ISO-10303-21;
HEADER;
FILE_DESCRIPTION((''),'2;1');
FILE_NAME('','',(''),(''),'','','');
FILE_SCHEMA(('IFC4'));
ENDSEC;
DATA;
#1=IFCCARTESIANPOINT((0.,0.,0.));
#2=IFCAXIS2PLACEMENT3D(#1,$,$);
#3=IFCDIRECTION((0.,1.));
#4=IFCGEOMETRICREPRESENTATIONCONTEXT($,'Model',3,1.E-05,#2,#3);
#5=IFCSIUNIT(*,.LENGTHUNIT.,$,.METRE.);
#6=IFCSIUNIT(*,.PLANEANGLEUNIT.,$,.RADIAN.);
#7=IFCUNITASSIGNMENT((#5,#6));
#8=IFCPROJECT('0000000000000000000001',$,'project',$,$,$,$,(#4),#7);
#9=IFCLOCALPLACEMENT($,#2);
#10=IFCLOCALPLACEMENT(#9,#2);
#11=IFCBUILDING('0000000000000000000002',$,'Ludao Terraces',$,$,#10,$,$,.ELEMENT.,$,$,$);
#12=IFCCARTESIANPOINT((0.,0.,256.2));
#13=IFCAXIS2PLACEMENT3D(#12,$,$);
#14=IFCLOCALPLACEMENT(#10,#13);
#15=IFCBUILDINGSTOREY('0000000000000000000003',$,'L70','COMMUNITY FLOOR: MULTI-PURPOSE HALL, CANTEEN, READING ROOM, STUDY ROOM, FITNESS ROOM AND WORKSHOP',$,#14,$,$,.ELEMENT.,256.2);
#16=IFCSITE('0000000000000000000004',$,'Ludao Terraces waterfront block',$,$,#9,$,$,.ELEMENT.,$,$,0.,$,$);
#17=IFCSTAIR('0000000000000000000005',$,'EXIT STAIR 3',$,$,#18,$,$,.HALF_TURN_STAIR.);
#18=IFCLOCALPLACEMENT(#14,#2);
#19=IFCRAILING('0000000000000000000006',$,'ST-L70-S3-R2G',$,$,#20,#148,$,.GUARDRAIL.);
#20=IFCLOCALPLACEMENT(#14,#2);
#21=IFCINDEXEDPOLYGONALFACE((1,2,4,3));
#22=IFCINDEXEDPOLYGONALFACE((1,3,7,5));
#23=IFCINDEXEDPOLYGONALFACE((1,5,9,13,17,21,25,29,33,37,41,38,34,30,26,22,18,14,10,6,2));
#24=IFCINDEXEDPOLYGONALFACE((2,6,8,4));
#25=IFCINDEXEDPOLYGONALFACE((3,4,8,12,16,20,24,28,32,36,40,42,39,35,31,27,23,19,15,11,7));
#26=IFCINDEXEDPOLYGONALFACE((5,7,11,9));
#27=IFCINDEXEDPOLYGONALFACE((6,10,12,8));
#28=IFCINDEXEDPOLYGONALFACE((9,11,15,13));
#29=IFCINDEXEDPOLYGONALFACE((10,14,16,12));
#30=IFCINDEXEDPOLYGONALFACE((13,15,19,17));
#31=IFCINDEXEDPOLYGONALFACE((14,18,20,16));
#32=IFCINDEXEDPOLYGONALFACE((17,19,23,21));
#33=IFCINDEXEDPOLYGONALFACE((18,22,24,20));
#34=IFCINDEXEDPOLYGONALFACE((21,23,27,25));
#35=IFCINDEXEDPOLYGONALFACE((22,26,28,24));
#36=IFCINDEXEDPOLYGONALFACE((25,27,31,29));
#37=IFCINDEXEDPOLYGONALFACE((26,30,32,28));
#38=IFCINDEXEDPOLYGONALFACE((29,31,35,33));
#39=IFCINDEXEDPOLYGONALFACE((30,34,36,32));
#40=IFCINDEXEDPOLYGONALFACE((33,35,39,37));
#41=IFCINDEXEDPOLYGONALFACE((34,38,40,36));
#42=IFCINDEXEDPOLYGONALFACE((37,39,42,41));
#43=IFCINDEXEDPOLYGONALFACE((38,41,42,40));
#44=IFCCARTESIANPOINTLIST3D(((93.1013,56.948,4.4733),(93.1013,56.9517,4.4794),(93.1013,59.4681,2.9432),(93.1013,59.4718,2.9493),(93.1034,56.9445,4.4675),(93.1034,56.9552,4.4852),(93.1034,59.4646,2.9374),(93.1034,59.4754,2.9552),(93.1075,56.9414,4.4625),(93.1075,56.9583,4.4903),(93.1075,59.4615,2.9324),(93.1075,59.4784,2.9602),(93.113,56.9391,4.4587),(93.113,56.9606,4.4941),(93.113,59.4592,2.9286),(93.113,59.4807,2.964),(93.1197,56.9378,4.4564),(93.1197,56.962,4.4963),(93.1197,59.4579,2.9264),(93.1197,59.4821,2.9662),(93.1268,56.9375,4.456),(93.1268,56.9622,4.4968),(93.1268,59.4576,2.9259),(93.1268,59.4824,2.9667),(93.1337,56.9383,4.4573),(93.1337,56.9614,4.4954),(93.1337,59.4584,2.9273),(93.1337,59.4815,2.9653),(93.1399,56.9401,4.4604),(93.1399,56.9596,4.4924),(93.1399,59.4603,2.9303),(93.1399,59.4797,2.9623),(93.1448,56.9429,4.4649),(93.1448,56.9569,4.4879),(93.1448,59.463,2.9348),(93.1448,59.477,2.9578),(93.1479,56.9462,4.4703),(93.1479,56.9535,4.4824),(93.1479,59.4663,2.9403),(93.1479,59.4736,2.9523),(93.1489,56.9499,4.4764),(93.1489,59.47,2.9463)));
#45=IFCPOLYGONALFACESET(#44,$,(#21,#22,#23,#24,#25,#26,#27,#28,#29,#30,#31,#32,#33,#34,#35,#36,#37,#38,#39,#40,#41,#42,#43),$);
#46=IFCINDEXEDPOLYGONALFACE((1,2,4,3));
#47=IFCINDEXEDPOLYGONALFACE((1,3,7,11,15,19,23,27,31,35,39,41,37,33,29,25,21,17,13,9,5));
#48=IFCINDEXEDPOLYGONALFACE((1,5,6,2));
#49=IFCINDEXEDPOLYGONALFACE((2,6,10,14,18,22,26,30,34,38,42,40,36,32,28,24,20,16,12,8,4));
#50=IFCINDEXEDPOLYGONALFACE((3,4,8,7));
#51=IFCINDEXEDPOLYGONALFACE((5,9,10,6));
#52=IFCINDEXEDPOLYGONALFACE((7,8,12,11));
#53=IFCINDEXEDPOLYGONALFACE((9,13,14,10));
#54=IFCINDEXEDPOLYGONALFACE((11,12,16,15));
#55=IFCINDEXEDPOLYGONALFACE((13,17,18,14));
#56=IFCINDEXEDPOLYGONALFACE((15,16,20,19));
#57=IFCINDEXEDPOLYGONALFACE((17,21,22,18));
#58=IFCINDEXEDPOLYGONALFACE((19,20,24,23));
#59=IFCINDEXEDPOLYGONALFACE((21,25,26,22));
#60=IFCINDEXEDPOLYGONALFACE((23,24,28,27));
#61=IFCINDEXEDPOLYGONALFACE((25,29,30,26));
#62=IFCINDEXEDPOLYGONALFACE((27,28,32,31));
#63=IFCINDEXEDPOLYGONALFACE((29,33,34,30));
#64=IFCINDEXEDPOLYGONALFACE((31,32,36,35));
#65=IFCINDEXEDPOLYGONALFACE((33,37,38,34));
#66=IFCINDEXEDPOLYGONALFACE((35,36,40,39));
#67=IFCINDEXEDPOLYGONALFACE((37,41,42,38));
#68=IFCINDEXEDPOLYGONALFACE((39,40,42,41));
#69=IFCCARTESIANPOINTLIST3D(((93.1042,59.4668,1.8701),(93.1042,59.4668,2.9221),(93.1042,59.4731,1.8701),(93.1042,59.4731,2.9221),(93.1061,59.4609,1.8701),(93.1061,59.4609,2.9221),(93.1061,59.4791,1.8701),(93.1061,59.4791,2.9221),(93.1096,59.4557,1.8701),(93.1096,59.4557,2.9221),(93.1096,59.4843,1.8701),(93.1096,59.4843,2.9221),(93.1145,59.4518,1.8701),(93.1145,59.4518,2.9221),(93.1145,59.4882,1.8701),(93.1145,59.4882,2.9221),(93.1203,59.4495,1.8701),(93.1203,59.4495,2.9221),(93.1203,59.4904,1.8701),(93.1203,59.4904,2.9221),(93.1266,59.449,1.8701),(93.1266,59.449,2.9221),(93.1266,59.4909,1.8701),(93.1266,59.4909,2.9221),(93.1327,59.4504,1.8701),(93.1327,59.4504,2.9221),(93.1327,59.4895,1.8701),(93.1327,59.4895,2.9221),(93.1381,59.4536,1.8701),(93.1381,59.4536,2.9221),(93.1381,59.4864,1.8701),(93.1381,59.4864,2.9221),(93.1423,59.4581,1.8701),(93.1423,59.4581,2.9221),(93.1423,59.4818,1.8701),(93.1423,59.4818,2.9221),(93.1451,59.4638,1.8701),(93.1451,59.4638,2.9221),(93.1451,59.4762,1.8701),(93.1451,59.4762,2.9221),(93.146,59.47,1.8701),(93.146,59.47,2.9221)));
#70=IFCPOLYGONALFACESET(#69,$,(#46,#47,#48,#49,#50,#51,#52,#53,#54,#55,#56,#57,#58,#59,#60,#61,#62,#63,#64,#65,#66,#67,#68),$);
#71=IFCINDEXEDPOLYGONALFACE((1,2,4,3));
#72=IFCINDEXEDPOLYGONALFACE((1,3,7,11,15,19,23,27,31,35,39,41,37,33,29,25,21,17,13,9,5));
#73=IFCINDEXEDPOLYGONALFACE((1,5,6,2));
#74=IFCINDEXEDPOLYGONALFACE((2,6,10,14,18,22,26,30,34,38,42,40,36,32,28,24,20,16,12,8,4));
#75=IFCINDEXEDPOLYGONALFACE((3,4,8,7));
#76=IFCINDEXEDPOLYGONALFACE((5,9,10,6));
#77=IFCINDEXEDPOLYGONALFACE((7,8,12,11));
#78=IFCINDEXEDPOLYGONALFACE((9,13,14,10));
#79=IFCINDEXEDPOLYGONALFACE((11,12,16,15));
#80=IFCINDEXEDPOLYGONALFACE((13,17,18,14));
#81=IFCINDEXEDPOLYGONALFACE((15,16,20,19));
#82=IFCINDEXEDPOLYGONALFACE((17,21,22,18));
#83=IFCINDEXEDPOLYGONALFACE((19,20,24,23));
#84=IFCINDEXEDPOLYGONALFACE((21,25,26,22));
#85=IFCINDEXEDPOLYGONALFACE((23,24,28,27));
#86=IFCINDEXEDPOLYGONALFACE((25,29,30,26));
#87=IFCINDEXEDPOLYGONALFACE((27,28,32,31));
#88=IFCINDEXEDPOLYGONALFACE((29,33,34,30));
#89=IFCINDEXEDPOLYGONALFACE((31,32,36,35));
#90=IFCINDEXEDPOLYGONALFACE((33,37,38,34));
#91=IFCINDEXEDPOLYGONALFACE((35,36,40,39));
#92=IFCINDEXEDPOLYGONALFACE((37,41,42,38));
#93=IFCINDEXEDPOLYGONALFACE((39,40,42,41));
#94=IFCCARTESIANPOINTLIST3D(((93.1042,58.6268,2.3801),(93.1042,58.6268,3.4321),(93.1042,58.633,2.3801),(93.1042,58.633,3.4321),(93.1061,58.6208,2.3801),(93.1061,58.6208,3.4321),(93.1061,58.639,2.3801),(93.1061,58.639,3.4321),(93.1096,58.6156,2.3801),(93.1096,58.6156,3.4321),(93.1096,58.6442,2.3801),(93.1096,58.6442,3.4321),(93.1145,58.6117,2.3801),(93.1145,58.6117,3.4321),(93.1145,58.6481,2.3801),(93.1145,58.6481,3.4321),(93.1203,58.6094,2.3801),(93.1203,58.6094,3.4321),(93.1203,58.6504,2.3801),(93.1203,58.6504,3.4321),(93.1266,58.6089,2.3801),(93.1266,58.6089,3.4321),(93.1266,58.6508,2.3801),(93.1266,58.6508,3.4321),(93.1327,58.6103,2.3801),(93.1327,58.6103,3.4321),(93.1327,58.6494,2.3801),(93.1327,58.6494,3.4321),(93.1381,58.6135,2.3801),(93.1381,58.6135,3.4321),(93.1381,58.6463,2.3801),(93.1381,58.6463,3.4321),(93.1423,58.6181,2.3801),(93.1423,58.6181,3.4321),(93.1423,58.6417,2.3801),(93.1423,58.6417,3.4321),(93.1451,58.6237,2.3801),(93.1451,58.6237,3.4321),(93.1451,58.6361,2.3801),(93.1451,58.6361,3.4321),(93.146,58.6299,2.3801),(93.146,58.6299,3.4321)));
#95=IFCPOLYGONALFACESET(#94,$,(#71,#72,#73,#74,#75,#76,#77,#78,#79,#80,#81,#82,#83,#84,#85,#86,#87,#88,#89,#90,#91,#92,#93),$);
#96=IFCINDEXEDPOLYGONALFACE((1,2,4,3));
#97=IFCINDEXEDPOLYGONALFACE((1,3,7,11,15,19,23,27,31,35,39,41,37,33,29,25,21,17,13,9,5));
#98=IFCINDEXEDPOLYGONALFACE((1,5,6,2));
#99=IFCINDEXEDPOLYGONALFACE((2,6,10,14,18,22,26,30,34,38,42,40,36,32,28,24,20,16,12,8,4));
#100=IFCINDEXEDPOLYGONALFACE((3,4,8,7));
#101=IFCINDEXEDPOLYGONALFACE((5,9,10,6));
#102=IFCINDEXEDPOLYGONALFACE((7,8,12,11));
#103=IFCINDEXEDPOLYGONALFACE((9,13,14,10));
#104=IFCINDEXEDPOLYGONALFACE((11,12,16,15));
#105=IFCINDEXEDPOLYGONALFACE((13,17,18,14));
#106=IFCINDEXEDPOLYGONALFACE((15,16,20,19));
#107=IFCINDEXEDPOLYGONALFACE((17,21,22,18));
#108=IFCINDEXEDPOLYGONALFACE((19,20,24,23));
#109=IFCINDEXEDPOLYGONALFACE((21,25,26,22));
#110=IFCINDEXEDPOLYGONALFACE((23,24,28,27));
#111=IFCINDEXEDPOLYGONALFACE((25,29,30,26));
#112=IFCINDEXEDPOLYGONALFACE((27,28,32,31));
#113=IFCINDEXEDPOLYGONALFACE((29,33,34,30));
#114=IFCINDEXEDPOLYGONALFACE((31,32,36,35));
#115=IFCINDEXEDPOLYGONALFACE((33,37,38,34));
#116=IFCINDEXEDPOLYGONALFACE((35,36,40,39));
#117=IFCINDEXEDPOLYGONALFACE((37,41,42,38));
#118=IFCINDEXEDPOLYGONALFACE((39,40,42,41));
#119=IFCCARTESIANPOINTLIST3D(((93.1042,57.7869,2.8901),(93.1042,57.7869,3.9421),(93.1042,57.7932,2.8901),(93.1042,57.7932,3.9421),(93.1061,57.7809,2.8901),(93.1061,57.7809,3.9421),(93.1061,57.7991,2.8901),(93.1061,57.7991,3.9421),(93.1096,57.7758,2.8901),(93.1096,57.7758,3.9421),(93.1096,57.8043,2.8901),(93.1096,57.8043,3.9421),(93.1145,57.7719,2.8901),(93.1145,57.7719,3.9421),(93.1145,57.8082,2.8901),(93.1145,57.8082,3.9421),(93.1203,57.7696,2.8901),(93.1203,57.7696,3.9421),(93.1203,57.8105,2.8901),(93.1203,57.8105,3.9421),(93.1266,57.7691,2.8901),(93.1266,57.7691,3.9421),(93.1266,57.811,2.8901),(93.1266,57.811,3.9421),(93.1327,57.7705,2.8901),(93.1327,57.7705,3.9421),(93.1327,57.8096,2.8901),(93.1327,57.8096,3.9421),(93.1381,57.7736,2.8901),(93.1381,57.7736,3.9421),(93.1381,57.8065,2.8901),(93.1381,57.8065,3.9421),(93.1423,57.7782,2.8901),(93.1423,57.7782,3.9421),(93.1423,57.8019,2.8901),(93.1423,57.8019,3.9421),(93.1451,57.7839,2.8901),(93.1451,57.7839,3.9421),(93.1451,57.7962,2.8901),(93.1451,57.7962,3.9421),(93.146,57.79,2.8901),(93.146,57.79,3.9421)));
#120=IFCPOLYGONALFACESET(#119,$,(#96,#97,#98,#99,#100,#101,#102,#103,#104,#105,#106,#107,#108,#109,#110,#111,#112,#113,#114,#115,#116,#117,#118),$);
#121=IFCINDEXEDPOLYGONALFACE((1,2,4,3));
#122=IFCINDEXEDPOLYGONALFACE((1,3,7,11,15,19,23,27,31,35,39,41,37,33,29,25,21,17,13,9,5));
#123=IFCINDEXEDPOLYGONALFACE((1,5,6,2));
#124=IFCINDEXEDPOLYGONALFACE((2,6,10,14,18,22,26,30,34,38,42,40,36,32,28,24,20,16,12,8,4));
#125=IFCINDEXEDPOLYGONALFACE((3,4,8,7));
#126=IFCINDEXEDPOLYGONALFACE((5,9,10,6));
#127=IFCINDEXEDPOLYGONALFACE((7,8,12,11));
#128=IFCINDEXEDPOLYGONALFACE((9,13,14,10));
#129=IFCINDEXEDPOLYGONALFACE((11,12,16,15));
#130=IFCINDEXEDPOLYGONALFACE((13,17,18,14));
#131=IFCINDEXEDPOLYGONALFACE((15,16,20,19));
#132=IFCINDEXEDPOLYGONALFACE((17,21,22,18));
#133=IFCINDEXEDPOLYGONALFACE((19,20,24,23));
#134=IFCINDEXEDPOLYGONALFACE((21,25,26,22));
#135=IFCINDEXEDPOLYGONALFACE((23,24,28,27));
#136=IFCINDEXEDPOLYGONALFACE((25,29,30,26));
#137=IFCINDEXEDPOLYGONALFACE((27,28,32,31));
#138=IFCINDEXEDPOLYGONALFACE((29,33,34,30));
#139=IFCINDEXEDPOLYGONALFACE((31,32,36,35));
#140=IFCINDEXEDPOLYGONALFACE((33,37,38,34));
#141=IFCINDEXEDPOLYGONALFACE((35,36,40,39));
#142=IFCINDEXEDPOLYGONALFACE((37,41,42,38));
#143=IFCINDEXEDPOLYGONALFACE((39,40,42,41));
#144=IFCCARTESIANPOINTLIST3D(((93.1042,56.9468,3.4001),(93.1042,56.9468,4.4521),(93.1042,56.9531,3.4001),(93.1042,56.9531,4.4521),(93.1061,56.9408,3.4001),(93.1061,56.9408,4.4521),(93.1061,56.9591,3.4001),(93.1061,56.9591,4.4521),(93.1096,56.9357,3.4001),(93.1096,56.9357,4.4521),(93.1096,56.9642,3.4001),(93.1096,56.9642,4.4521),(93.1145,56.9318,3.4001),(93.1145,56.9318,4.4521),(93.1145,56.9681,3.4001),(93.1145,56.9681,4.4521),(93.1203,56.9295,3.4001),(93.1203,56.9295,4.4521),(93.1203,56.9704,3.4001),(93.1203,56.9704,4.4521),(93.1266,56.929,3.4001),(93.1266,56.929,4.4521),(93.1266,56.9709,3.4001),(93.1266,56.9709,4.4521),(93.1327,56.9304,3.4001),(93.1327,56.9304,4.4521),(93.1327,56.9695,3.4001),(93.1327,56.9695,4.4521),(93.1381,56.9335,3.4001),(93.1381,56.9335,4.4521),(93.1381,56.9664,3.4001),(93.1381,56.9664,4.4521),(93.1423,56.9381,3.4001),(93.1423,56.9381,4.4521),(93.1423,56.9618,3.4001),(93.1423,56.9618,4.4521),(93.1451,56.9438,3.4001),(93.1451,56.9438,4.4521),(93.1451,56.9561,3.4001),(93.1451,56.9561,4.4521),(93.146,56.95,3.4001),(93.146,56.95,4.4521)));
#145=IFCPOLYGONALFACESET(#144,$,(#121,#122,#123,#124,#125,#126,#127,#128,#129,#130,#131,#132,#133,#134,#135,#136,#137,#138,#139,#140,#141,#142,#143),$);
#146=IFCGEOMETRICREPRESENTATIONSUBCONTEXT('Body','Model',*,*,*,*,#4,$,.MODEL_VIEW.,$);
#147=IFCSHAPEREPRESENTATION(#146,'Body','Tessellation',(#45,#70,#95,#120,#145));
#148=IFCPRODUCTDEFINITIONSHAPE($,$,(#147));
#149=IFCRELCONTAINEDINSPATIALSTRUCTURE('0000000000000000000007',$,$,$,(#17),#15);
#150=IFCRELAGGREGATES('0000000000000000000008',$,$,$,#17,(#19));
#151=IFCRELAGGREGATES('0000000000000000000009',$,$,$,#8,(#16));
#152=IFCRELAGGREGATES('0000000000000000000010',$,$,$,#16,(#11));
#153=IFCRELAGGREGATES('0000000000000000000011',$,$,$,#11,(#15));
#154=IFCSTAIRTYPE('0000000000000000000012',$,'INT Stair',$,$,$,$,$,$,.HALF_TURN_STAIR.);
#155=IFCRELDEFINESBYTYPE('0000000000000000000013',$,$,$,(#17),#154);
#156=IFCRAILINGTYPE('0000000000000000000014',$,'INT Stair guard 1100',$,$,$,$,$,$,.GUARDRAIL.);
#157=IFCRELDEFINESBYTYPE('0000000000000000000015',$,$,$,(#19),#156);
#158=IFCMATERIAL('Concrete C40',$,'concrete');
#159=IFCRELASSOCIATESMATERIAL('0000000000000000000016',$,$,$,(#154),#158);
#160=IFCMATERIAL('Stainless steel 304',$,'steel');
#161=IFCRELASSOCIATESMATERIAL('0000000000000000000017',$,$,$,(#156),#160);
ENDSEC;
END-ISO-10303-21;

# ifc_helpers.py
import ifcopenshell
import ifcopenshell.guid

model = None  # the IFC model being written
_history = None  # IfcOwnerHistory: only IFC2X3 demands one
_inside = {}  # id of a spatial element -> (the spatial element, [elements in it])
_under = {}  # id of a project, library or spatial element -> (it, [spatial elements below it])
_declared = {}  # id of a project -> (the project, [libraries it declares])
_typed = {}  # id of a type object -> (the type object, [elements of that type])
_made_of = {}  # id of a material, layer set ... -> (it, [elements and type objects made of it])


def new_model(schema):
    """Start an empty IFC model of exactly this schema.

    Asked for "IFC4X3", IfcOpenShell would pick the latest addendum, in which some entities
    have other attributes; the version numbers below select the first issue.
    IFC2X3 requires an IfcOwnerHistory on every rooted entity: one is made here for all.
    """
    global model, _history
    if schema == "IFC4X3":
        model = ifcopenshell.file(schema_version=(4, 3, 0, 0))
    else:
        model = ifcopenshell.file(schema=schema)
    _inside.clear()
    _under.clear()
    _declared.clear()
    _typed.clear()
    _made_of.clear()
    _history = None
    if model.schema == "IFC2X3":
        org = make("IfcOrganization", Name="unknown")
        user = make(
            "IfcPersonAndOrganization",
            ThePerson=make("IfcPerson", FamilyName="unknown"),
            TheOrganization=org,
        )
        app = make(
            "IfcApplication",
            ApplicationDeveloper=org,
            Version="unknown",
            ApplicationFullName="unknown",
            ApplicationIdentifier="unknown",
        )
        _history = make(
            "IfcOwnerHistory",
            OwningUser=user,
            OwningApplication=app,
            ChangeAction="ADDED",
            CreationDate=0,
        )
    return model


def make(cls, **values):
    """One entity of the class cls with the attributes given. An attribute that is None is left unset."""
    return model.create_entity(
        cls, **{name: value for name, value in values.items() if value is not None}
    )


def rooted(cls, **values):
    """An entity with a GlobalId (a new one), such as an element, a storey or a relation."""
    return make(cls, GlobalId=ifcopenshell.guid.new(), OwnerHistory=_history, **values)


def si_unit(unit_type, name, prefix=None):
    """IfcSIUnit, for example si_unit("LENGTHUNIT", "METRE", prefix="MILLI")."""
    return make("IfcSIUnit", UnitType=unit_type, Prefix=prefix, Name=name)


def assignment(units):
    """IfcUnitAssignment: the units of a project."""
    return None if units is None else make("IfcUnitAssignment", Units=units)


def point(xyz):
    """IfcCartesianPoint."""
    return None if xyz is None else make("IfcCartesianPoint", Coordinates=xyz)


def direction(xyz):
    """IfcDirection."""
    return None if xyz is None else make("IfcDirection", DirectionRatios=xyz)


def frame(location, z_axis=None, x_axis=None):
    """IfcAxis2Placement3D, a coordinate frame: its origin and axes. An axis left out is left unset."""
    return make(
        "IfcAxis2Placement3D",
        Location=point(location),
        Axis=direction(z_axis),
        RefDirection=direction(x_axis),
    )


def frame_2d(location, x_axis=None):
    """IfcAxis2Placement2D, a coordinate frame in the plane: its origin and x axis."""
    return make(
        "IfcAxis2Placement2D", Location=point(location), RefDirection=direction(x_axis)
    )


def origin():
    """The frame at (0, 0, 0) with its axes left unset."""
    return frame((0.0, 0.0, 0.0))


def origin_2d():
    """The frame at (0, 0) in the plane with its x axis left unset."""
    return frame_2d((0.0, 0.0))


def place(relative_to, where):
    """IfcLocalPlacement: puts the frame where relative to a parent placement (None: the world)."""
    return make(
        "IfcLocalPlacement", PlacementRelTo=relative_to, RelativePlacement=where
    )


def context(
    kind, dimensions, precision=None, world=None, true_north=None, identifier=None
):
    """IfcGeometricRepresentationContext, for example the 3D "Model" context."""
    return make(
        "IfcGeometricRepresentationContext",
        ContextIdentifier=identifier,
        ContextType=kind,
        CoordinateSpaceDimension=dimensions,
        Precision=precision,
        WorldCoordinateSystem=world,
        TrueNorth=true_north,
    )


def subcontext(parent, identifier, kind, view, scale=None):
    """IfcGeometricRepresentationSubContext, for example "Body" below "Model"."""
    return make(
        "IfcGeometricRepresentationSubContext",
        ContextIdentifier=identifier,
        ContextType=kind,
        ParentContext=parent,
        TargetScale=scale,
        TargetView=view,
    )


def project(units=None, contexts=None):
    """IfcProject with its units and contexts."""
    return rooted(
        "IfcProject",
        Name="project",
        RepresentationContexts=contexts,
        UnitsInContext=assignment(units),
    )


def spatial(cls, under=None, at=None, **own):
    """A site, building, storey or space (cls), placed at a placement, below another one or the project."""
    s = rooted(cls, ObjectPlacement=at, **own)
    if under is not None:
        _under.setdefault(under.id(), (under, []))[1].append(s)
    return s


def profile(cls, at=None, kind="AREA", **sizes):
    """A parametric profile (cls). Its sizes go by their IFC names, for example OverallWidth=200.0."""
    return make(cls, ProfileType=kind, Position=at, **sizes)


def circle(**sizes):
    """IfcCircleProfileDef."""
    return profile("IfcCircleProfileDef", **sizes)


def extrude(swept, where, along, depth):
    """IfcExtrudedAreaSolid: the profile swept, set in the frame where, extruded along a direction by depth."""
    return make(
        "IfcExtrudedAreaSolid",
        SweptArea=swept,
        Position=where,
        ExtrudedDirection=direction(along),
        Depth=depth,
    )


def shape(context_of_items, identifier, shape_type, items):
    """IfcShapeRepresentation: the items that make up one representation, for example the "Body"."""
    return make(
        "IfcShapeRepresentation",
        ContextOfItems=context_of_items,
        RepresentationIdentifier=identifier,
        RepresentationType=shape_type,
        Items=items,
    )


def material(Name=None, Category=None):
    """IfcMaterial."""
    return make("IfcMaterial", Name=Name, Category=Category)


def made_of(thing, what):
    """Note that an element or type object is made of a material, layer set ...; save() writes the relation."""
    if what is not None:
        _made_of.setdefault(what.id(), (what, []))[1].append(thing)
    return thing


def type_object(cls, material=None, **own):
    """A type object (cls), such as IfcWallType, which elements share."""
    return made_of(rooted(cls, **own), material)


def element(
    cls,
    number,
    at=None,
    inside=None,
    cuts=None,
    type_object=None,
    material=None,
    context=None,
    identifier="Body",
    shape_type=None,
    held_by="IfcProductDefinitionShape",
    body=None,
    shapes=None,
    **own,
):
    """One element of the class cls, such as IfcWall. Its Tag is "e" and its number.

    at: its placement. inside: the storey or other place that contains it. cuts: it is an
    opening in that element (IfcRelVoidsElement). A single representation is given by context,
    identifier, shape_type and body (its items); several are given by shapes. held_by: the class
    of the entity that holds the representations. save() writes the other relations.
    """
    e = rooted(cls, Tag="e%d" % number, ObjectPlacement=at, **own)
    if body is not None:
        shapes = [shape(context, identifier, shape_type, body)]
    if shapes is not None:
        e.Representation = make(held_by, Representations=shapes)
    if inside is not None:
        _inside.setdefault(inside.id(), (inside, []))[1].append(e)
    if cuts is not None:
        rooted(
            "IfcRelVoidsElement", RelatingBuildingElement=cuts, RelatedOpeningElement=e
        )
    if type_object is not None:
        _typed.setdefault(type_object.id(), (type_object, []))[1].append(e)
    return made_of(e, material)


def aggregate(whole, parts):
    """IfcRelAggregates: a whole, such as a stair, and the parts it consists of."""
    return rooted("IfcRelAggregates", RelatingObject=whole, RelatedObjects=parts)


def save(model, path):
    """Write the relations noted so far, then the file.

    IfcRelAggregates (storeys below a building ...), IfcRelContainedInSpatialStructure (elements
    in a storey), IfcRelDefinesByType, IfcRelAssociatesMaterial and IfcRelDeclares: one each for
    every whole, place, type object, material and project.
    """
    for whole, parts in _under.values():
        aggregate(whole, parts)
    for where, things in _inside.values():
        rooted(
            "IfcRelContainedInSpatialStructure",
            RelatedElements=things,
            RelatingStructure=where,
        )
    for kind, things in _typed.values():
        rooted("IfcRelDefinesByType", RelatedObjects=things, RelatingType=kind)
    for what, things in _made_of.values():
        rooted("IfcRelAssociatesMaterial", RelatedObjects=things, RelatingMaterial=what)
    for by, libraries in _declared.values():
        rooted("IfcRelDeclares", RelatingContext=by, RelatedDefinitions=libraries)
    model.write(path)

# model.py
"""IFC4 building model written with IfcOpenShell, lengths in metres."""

from ifc_helpers import new_model, si_unit, direction, frame, origin, origin_2d, place, context, subcontext, project, spatial, circle, extrude, material, type_object, element, aggregate, save


model = new_model("IFC4")

# Units and contexts
model_context = context("Model", 3, precision=1e-05, world=origin(), true_north=direction((0.0, 1.0)))
body_context = subcontext(model_context, "Body", "Model", "MODEL_VIEW")
ifc_project = project(units=[si_unit("LENGTHUNIT", "METRE"), si_unit("PLANEANGLEUNIT", "RADIAN")], contexts=[model_context])

# Site, building, storey
site_placement = place(None, origin())
site = spatial("IfcSite", under=ifc_project, at=site_placement, Name="Ludao Terraces waterfront block", CompositionType="ELEMENT", RefElevation=0.0)
building_placement = place(site_placement, origin())
building = spatial("IfcBuilding", under=site, at=building_placement, Name="Ludao Terraces", CompositionType="ELEMENT")
storey_placement = place(building_placement, frame((0.0, 0.0, 256.2)))
storey = spatial("IfcBuildingStorey", under=building, at=storey_placement, Name="L70", Description="COMMUNITY FLOOR: MULTI-PURPOSE HALL, CANTEEN, READING ROOM, STUDY ROOM, FITNESS ROOM AND WORKSHOP", CompositionType="ELEMENT", Elevation=256.2)

# Shared definitions
ifc_material_1 = material(Name="Concrete C40", Category="concrete")

# Stair, railing
stair_type = type_object("IfcStairType", Name="INT Stair", PredefinedType="HALF_TURN_STAIR", material=ifc_material_1)
stair_placement = place(storey_placement, origin())
stair = element("IfcStair", 1, at=stair_placement, inside=storey, type_object=stair_type, Name="EXIT STAIR 3", PredefinedType="HALF_TURN_STAIR")
ifc_material_2 = material(Name="Stainless steel 304", Category="steel")
railing_type_1 = type_object("IfcRailingType", Name="INT Stair guard 1100", PredefinedType="GUARDRAIL", material=ifc_material_2)
railing_1_placement = place(storey_placement, frame((93.125, 59.47, 1.8701)))
railing_1 = element("IfcRailing", 2, at=railing_1_placement, type_object=railing_type_1, Name="ST-L70-S3-R2G", PredefinedType="GUARDRAIL", context=body_context, shape_type="SweptSolid", body=[
    extrude(circle(Radius=0.0239, at=origin_2d()), frame((0.0, 0.0, 1.0762), z_axis=(0.0, -0.854785, 0.518982), x_axis=(1.0, 0.0, 0.0)), (0.0, 0.0, 1.0), 2.9482),
    extrude(circle(Radius=0.021, at=origin_2d()), origin(), (0.0, 0.0, 1.0), 1.052),
    extrude(circle(Radius=0.021, at=origin_2d()), frame((0.0, -0.8401, 0.51)), (0.0, 0.0, 1.0), 1.052),
    extrude(circle(Radius=0.021, at=origin_2d()), frame((0.0, -1.6799, 1.02)), (0.0, 0.0, 1.0), 1.052),
    extrude(circle(Radius=0.021, at=origin_2d()), frame((0.0, -2.52, 1.53)), (0.0, 0.0, 1.0), 1.052),
])
aggregate(stair, [railing_1])

save(model, "model.ifc")
